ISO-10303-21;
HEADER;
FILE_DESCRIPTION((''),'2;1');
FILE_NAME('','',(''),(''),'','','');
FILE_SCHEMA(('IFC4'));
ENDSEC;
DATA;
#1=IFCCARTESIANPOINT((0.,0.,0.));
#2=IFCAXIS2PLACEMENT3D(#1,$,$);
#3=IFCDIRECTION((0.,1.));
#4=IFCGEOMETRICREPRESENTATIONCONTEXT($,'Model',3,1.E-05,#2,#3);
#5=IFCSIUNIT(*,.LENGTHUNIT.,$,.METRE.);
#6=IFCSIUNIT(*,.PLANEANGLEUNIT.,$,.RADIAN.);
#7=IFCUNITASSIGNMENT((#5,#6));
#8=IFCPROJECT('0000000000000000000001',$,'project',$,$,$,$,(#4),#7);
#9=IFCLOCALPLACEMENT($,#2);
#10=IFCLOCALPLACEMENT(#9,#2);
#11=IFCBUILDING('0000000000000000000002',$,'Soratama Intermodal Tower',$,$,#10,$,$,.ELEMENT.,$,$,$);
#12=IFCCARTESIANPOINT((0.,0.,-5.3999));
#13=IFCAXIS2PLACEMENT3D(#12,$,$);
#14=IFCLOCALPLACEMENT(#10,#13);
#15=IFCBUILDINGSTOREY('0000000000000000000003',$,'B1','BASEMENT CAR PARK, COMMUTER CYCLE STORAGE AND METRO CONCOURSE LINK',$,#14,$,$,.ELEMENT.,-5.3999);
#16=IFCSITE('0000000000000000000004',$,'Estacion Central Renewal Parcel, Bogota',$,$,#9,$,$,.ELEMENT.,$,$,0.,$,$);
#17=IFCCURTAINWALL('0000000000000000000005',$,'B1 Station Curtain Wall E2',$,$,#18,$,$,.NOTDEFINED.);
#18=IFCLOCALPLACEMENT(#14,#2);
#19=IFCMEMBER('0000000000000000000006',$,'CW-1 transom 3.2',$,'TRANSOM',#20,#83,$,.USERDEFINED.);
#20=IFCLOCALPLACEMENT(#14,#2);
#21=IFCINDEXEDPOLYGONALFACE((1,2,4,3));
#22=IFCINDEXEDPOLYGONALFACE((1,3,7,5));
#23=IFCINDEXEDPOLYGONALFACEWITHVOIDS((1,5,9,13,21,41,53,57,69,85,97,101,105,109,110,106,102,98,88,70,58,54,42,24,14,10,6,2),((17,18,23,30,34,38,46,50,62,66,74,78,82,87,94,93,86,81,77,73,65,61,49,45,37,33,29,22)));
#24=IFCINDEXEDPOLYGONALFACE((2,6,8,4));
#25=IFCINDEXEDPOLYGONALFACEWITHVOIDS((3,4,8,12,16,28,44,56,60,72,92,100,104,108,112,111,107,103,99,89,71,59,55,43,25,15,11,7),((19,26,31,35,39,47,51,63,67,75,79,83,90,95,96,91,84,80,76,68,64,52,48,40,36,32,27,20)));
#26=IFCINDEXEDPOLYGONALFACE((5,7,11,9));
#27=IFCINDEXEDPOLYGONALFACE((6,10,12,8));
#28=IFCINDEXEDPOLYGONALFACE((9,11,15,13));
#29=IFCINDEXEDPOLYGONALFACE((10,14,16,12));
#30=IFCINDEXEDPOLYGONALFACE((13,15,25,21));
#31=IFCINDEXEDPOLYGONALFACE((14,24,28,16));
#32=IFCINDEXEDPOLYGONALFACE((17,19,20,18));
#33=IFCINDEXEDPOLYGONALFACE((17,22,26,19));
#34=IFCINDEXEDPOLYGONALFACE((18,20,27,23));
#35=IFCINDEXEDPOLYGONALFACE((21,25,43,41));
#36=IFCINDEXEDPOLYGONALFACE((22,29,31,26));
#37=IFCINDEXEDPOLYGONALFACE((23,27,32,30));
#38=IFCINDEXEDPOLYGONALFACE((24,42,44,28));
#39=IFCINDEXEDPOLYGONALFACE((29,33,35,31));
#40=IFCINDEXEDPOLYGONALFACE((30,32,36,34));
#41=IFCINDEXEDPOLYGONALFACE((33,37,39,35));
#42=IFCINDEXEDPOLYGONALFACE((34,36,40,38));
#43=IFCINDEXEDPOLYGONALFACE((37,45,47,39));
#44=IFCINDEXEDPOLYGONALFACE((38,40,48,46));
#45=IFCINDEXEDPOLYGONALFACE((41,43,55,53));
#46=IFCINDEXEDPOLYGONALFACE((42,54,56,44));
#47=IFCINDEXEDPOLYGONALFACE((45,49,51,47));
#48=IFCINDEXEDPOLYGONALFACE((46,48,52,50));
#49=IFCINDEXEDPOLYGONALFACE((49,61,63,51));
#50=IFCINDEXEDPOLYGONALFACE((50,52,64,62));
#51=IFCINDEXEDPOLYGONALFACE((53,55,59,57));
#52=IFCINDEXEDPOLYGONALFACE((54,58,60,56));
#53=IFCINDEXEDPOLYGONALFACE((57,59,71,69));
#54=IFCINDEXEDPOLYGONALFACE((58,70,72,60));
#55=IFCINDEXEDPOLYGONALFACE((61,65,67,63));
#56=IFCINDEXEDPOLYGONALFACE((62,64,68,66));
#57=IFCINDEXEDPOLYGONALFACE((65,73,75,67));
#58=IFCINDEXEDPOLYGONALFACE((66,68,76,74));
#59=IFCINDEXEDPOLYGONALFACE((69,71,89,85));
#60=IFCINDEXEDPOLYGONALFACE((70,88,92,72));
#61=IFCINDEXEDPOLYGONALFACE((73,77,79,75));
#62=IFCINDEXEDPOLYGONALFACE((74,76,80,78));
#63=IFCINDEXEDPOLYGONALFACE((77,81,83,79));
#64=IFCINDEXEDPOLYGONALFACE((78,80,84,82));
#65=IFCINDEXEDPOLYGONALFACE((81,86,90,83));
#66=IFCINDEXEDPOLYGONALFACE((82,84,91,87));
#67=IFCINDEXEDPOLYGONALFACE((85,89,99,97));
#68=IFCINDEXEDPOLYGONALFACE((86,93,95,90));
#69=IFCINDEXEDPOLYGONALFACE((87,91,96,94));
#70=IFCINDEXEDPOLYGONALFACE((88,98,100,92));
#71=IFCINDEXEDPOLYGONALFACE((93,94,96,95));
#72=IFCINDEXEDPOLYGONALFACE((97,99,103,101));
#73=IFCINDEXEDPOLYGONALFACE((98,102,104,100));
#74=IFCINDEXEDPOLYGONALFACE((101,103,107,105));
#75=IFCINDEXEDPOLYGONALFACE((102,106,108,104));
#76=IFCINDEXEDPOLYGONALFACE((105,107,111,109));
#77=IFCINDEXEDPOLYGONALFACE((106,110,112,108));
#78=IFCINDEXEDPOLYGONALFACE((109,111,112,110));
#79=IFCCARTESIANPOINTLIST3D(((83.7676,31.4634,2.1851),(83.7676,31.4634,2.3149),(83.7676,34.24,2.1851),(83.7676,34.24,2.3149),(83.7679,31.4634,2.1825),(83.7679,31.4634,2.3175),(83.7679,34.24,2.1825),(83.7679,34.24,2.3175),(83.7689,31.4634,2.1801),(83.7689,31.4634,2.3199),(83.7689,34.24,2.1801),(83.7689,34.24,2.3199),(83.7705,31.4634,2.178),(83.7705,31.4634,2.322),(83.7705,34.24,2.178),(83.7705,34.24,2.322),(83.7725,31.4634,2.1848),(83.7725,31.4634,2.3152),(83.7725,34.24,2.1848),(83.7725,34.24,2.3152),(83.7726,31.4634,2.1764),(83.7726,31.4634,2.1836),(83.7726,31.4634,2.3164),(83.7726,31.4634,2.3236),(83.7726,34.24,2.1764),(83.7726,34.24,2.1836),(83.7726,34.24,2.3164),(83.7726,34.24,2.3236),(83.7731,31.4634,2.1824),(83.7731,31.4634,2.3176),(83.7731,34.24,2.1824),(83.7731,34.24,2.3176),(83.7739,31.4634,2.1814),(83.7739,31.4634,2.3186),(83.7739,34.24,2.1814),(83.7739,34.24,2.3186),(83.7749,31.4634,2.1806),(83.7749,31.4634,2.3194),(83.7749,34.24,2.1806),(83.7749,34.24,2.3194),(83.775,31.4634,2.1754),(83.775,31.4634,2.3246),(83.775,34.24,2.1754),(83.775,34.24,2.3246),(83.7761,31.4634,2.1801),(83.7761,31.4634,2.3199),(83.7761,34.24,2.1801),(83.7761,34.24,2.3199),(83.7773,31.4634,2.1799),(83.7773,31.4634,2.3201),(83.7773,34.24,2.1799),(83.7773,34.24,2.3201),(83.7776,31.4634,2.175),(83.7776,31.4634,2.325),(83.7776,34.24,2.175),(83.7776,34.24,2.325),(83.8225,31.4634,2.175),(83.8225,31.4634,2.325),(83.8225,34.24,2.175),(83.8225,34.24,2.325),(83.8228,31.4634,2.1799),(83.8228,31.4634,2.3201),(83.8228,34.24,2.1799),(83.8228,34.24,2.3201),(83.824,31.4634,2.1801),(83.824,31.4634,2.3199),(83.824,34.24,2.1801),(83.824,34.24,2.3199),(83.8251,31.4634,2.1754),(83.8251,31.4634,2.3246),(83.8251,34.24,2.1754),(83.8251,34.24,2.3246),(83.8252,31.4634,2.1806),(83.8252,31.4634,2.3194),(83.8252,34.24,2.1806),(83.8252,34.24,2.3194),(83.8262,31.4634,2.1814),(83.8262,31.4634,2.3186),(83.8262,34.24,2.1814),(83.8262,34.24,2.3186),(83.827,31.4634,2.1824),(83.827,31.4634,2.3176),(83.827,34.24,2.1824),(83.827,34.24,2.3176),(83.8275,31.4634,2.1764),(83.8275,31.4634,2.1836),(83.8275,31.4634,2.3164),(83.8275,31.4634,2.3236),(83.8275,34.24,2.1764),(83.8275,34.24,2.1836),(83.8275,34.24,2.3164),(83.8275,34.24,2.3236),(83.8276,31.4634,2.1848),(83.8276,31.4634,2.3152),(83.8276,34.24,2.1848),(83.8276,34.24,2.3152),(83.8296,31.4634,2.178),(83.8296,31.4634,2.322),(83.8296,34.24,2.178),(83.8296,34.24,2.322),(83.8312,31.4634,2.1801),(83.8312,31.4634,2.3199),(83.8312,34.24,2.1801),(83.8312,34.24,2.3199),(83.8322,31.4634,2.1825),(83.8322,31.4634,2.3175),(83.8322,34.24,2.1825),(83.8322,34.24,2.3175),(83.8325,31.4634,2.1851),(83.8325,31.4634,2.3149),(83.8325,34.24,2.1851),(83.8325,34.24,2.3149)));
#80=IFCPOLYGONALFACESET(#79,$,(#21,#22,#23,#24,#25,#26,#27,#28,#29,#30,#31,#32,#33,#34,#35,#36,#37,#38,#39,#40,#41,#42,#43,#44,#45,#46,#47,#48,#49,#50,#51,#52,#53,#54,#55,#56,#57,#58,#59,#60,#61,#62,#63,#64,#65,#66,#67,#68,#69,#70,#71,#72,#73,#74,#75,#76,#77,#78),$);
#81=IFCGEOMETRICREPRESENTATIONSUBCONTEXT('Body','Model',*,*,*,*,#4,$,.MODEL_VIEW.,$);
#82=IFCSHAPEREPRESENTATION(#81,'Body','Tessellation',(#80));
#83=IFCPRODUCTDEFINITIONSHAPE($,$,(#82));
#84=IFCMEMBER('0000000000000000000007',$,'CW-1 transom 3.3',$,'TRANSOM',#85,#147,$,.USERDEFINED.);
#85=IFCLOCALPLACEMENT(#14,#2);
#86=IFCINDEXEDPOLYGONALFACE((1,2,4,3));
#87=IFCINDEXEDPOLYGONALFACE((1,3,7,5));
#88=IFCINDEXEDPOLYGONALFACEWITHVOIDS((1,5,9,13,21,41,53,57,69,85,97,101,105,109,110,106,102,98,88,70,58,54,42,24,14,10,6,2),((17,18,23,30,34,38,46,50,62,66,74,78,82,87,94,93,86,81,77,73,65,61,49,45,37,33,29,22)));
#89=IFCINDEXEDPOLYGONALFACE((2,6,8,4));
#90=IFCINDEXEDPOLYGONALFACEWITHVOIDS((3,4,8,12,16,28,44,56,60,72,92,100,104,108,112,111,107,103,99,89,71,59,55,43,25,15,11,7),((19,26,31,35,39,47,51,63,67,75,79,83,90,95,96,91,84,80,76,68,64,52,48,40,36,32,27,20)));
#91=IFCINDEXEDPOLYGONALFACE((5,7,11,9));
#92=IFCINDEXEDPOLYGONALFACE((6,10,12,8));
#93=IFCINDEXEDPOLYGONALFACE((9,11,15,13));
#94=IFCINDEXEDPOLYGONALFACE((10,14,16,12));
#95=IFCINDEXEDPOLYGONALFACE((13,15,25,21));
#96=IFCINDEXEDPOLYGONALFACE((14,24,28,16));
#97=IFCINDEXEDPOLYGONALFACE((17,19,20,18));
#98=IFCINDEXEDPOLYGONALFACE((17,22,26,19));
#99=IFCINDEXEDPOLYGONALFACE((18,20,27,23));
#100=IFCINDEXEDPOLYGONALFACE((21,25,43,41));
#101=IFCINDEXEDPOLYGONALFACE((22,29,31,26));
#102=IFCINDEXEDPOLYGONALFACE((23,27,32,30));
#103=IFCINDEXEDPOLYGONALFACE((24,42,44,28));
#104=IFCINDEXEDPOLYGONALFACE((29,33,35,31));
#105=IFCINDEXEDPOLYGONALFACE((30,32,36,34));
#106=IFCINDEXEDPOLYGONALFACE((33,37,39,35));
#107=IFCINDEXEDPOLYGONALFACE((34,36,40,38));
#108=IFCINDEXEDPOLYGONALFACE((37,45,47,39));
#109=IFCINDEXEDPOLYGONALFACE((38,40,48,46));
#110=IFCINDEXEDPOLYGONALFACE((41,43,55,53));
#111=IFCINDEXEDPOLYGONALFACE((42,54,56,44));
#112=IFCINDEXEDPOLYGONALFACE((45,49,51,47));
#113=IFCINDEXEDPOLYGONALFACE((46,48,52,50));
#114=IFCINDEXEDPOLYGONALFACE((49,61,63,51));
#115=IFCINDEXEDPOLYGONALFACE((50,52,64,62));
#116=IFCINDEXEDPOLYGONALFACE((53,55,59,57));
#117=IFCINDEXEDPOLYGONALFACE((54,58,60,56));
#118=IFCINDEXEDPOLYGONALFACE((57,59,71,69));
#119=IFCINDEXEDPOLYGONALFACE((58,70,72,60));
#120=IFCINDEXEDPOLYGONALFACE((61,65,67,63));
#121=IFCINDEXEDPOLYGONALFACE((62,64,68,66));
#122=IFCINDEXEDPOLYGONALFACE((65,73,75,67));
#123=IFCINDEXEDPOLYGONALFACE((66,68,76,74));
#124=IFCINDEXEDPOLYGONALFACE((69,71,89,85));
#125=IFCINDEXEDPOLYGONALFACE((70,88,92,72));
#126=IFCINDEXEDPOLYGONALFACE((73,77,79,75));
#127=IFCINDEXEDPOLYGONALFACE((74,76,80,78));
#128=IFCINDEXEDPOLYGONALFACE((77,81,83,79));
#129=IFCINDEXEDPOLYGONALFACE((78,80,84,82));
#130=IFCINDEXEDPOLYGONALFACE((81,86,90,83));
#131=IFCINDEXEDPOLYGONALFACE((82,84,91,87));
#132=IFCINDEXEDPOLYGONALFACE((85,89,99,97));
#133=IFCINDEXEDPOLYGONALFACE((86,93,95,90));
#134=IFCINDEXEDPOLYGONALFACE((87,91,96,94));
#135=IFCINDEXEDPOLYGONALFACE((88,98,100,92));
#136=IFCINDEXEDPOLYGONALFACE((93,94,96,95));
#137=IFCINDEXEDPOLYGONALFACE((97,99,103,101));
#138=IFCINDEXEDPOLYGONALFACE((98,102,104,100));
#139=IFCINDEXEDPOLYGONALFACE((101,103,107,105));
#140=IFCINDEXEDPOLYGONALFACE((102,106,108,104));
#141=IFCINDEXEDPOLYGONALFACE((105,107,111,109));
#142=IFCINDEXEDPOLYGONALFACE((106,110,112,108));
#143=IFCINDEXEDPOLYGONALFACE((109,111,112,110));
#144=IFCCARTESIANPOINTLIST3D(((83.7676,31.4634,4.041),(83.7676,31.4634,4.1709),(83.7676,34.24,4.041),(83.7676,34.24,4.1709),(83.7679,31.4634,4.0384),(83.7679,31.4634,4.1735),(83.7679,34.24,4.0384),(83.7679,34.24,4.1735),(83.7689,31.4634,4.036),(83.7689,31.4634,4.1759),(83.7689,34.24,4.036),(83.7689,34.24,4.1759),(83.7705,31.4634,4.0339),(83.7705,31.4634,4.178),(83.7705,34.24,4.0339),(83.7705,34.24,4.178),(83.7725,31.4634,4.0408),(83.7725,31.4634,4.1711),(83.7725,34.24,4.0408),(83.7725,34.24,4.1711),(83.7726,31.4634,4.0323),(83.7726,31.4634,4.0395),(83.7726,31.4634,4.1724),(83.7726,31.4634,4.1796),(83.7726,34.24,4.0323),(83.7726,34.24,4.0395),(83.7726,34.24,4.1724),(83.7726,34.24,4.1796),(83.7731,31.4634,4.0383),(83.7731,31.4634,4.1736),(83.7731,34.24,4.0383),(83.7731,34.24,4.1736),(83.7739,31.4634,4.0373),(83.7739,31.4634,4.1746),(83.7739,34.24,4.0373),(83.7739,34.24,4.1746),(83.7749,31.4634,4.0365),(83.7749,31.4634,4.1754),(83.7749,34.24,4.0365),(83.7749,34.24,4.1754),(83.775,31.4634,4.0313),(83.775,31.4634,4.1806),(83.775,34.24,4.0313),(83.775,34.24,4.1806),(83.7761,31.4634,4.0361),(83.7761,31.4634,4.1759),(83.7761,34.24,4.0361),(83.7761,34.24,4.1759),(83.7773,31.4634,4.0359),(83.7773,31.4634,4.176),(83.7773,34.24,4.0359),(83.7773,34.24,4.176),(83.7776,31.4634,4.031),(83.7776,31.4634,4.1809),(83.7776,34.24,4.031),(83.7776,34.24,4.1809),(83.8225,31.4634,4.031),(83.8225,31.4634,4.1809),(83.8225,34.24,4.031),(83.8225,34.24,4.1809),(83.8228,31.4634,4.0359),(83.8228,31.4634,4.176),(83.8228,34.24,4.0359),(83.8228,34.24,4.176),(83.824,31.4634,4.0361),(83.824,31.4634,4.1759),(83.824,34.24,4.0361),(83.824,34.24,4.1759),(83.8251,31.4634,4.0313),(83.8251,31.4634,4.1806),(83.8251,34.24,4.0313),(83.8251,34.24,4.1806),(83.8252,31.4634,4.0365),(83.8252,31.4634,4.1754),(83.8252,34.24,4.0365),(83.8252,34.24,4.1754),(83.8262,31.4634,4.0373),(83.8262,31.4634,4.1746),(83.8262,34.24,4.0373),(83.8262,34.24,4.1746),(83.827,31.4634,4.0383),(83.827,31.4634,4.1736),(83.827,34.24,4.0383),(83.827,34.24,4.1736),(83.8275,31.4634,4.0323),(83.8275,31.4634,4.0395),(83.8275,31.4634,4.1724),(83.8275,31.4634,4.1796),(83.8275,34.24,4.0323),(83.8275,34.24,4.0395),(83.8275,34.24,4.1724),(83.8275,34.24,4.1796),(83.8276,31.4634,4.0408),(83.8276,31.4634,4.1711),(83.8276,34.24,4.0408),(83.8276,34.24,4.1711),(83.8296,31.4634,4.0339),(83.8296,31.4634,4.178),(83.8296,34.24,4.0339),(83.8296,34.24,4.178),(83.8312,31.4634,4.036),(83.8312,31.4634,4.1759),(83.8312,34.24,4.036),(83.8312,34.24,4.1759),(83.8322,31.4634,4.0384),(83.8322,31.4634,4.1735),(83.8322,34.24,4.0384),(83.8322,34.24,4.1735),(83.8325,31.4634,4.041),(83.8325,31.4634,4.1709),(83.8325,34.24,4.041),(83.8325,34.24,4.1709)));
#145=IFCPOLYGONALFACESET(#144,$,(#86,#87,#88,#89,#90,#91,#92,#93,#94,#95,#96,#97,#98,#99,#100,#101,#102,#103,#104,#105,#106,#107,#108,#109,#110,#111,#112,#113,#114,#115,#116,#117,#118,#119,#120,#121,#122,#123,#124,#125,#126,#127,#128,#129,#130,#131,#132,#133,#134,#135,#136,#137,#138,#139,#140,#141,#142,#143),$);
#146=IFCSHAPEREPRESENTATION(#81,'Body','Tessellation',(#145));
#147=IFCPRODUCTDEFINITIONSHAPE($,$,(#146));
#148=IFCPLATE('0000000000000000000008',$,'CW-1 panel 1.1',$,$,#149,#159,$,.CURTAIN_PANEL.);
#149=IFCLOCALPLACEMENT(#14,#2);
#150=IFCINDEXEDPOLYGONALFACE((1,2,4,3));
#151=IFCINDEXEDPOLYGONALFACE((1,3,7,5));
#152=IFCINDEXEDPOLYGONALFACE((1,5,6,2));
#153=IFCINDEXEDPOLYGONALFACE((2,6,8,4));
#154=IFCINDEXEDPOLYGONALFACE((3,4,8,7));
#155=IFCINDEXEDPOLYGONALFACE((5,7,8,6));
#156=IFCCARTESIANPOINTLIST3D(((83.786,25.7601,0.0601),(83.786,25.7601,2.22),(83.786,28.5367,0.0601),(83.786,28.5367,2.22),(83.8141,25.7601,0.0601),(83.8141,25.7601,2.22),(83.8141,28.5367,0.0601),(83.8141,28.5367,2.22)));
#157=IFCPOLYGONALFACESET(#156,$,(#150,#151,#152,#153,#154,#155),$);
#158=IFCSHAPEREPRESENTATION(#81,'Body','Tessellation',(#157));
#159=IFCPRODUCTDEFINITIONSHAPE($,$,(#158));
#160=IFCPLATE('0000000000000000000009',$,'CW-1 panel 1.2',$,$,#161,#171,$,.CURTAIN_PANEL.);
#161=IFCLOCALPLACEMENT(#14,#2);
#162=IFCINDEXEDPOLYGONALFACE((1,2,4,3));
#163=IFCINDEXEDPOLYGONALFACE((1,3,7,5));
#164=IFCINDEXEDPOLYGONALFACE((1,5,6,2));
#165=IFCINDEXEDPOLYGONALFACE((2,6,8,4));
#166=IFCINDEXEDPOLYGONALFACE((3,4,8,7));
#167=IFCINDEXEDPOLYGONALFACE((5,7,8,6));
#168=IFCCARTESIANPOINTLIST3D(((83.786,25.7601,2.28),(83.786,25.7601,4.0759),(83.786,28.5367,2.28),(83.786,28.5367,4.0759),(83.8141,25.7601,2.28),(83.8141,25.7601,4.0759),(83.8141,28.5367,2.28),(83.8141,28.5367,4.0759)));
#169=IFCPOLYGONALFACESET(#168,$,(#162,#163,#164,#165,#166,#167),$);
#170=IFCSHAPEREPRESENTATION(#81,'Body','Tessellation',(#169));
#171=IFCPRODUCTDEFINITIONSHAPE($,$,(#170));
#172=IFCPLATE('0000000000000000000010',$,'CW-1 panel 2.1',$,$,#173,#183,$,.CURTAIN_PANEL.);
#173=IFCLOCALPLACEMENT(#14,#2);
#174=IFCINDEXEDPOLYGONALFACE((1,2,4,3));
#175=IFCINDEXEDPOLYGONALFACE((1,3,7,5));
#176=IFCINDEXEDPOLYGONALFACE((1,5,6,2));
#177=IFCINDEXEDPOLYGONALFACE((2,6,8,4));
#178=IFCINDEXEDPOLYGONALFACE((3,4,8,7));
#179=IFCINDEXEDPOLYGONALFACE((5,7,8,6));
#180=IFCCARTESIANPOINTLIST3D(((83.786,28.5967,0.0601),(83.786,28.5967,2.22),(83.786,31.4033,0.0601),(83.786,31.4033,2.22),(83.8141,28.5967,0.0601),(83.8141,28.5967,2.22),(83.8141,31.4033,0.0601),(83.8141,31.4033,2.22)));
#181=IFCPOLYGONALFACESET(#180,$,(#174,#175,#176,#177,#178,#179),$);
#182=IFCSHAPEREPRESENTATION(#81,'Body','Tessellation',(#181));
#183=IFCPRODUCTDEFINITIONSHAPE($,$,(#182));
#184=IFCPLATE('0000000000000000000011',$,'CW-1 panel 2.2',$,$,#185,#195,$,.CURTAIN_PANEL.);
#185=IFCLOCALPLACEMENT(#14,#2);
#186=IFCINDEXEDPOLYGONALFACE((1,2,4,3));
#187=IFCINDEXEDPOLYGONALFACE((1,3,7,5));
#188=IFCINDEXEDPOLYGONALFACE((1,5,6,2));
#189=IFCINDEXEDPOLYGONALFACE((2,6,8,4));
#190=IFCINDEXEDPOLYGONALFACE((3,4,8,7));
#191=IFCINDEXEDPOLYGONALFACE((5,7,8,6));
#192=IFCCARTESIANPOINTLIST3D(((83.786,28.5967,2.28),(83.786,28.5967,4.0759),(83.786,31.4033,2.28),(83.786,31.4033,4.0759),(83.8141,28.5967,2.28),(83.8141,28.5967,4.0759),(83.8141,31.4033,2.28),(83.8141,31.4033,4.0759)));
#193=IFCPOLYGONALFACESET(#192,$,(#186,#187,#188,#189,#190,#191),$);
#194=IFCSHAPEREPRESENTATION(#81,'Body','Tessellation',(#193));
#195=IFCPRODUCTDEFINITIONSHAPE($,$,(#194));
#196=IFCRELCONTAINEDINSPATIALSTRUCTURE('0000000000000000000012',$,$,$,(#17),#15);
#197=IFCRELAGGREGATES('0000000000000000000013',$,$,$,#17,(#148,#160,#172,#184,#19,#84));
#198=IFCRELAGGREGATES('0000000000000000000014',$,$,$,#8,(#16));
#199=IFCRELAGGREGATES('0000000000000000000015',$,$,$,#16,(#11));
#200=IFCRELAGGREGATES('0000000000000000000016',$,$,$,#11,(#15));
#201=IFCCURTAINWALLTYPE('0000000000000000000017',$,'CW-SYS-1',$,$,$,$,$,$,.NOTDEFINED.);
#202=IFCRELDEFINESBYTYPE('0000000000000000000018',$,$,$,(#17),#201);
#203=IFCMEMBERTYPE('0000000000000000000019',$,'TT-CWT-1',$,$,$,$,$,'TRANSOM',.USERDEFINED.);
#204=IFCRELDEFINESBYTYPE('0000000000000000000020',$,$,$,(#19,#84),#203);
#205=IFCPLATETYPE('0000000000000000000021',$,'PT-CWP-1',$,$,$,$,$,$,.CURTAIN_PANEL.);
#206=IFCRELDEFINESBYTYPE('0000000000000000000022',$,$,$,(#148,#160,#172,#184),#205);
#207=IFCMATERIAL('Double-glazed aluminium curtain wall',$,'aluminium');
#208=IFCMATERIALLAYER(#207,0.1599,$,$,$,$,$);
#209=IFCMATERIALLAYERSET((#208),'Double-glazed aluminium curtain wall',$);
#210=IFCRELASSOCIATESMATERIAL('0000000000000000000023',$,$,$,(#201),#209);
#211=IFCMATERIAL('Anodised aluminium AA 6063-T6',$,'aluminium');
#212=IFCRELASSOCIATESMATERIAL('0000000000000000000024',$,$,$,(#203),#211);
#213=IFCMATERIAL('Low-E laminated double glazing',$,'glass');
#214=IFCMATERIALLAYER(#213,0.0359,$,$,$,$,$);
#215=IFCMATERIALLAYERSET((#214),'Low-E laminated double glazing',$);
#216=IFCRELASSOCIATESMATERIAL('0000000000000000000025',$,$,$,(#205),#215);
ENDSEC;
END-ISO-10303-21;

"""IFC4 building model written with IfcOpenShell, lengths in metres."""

from ifc_helpers import new_model, si_unit, direction, frame, origin, origin_2d, place, context, subcontext, project, spatial, rectangle, hollow_rectangle, extrude, material, layer, layer_set, material_profile, profile_set, type_object, element, aggregate, save


model = new_model("IFC4")

# Units and contexts
model_context = context("Model", 3, precision=1e-05, world=origin(), true_north=direction((0.0, 1.0)))
body_context = subcontext(model_context, "Body", "Model", "MODEL_VIEW")
ifc_project = project(units=[si_unit("LENGTHUNIT", "METRE"), si_unit("PLANEANGLEUNIT", "RADIAN")], contexts=[model_context])

# Site, building, storey
site_placement = place(None, origin())
site = spatial("IfcSite", under=ifc_project, at=site_placement, Name="Estacion Central Renewal Parcel, Bogota", CompositionType="ELEMENT", RefElevation=0.0)
building_placement = place(site_placement, origin())
building = spatial("IfcBuilding", under=site, at=building_placement, Name="Soratama Intermodal Tower", CompositionType="ELEMENT")
storey_placement = place(building_placement, frame((0.0, 0.0, -5.3999)))
storey = spatial("IfcBuildingStorey", under=building, at=storey_placement, Name="B1", Description="BASEMENT CAR PARK, COMMUTER CYCLE STORAGE AND METRO CONCOURSE LINK", CompositionType="ELEMENT", Elevation=-5.3999)

# Curtain wall, members, plates
ifc_material_1 = material(Name="Double-glazed aluminium curtain wall", Category="aluminium")
ifc_layer_1 = layer(ifc_material_1, 0.1599)
ifc_layer_set_1 = layer_set([ifc_layer_1], Name="Double-glazed aluminium curtain wall")
curtain_wall_type = type_object("IfcCurtainWallType", Name="CW-SYS-1", PredefinedType="NOTDEFINED", material=ifc_layer_set_1)
curtain_wall_placement = place(storey_placement, origin())
curtain_wall = element("IfcCurtainWall", 1, at=curtain_wall_placement, inside=storey, type_object=curtain_wall_type, Name="B1 Station Curtain Wall E2", PredefinedType="NOTDEFINED")
ifc_material_2 = material(Name="Anodised aluminium AA 6063-T6", Category="aluminium")
ifc_material_profile_1 = material_profile(ifc_material_2, hollow_rectangle(XDim=0.0649, YDim=0.1499, WallThickness=0.0049, InnerFilletRadius=0.0049, OuterFilletRadius=0.01, at=origin_2d()), Name="CWT150X65X5")
ifc_profile_set_1 = profile_set([ifc_material_profile_1], Name="Anodised aluminium AA 6063-T6")
member_type_1 = type_object("IfcMemberType", Name="TT-CWT-1", ElementType="TRANSOM", PredefinedType="USERDEFINED", material=ifc_profile_set_1)
member_1_placement = place(storey_placement, frame((83.8, 31.4634, 2.25), z_axis=(0.0, 1.0, 0.0), x_axis=(-1.0, 0.0, 0.0)))
member_1 = element("IfcMember", 2, at=member_1_placement, type_object=member_type_1, Name="CW-1 transom 3.2", ObjectType="TRANSOM", PredefinedType="USERDEFINED", context=body_context, shape_type="SweptSolid", body=[
    extrude(hollow_rectangle(XDim=0.0649, YDim=0.1499, WallThickness=0.0049, InnerFilletRadius=0.0049, OuterFilletRadius=0.01, at=origin_2d()), origin(), (0.0, 0.0, 1.0), 2.7766),
])
member_2_placement = place(storey_placement, frame((83.8, 31.4634, 4.106), z_axis=(0.0, 1.0, 0.0), x_axis=(-1.0, 0.0, 0.0)))
member_2 = element("IfcMember", 3, at=member_2_placement, type_object=member_type_1, Name="CW-1 transom 3.3", ObjectType="TRANSOM", PredefinedType="USERDEFINED", context=body_context, shape_type="SweptSolid", body=[
    extrude(hollow_rectangle(XDim=0.0649, YDim=0.1499, WallThickness=0.0049, InnerFilletRadius=0.0049, OuterFilletRadius=0.01, at=origin_2d()), origin(), (0.0, 0.0, 1.0), 2.7766),
])
ifc_material_3 = material(Name="Low-E laminated double glazing", Category="glass")
ifc_layer_2 = layer(ifc_material_3, 0.0359)
ifc_layer_set_2 = layer_set([ifc_layer_2], Name="Low-E laminated double glazing")
plate_type = type_object("IfcPlateType", Name="PT-CWP-1", PredefinedType="CURTAIN_PANEL", material=ifc_layer_set_2)
plate_1_placement = place(storey_placement, frame((83.8, 27.1484, 0.0601), z_axis=(0.0, 0.0, 1.0), x_axis=(0.0, 1.0, 0.0)))
plate_1 = element("IfcPlate", 4, at=plate_1_placement, type_object=plate_type, Name="CW-1 panel 1.1", PredefinedType="CURTAIN_PANEL", context=body_context, shape_type="SweptSolid", body=[
    extrude(rectangle(XDim=2.7766, YDim=0.0281, at=origin_2d()), origin(), (0.0, 0.0, 1.0), 2.1599),
])
plate_2_placement = place(storey_placement, frame((83.8, 27.1484, 2.28), z_axis=(0.0, 0.0, 1.0), x_axis=(0.0, 1.0, 0.0)))
plate_2 = element("IfcPlate", 5, at=plate_2_placement, type_object=plate_type, Name="CW-1 panel 1.2", PredefinedType="CURTAIN_PANEL", context=body_context, shape_type="SweptSolid", body=[
    extrude(rectangle(XDim=2.7766, YDim=0.0281, at=origin_2d()), origin(), (0.0, 0.0, 1.0), 1.7959),
])
plate_3_placement = place(storey_placement, frame((83.8, 30.0, 0.0601), z_axis=(0.0, 0.0, 1.0), x_axis=(0.0, 1.0, 0.0)))
plate_3 = element("IfcPlate", 6, at=plate_3_placement, type_object=plate_type, Name="CW-1 panel 2.1", PredefinedType="CURTAIN_PANEL", context=body_context, shape_type="SweptSolid", body=[
    extrude(rectangle(XDim=2.8066, YDim=0.0281, at=origin_2d()), origin(), (0.0, 0.0, 1.0), 2.1599),
])
plate_4_placement = place(storey_placement, frame((83.8, 30.0, 2.28), z_axis=(0.0, 0.0, 1.0), x_axis=(0.0, 1.0, 0.0)))
plate_4 = element("IfcPlate", 7, at=plate_4_placement, type_object=plate_type, Name="CW-1 panel 2.2", PredefinedType="CURTAIN_PANEL", context=body_context, shape_type="SweptSolid", body=[
    extrude(rectangle(XDim=2.8066, YDim=0.0281, at=origin_2d()), origin(), (0.0, 0.0, 1.0), 1.7959),
])
aggregate(curtain_wall, [plate_1, plate_2, plate_3, plate_4, member_1, member_2])

save(model, "model.ifc")
